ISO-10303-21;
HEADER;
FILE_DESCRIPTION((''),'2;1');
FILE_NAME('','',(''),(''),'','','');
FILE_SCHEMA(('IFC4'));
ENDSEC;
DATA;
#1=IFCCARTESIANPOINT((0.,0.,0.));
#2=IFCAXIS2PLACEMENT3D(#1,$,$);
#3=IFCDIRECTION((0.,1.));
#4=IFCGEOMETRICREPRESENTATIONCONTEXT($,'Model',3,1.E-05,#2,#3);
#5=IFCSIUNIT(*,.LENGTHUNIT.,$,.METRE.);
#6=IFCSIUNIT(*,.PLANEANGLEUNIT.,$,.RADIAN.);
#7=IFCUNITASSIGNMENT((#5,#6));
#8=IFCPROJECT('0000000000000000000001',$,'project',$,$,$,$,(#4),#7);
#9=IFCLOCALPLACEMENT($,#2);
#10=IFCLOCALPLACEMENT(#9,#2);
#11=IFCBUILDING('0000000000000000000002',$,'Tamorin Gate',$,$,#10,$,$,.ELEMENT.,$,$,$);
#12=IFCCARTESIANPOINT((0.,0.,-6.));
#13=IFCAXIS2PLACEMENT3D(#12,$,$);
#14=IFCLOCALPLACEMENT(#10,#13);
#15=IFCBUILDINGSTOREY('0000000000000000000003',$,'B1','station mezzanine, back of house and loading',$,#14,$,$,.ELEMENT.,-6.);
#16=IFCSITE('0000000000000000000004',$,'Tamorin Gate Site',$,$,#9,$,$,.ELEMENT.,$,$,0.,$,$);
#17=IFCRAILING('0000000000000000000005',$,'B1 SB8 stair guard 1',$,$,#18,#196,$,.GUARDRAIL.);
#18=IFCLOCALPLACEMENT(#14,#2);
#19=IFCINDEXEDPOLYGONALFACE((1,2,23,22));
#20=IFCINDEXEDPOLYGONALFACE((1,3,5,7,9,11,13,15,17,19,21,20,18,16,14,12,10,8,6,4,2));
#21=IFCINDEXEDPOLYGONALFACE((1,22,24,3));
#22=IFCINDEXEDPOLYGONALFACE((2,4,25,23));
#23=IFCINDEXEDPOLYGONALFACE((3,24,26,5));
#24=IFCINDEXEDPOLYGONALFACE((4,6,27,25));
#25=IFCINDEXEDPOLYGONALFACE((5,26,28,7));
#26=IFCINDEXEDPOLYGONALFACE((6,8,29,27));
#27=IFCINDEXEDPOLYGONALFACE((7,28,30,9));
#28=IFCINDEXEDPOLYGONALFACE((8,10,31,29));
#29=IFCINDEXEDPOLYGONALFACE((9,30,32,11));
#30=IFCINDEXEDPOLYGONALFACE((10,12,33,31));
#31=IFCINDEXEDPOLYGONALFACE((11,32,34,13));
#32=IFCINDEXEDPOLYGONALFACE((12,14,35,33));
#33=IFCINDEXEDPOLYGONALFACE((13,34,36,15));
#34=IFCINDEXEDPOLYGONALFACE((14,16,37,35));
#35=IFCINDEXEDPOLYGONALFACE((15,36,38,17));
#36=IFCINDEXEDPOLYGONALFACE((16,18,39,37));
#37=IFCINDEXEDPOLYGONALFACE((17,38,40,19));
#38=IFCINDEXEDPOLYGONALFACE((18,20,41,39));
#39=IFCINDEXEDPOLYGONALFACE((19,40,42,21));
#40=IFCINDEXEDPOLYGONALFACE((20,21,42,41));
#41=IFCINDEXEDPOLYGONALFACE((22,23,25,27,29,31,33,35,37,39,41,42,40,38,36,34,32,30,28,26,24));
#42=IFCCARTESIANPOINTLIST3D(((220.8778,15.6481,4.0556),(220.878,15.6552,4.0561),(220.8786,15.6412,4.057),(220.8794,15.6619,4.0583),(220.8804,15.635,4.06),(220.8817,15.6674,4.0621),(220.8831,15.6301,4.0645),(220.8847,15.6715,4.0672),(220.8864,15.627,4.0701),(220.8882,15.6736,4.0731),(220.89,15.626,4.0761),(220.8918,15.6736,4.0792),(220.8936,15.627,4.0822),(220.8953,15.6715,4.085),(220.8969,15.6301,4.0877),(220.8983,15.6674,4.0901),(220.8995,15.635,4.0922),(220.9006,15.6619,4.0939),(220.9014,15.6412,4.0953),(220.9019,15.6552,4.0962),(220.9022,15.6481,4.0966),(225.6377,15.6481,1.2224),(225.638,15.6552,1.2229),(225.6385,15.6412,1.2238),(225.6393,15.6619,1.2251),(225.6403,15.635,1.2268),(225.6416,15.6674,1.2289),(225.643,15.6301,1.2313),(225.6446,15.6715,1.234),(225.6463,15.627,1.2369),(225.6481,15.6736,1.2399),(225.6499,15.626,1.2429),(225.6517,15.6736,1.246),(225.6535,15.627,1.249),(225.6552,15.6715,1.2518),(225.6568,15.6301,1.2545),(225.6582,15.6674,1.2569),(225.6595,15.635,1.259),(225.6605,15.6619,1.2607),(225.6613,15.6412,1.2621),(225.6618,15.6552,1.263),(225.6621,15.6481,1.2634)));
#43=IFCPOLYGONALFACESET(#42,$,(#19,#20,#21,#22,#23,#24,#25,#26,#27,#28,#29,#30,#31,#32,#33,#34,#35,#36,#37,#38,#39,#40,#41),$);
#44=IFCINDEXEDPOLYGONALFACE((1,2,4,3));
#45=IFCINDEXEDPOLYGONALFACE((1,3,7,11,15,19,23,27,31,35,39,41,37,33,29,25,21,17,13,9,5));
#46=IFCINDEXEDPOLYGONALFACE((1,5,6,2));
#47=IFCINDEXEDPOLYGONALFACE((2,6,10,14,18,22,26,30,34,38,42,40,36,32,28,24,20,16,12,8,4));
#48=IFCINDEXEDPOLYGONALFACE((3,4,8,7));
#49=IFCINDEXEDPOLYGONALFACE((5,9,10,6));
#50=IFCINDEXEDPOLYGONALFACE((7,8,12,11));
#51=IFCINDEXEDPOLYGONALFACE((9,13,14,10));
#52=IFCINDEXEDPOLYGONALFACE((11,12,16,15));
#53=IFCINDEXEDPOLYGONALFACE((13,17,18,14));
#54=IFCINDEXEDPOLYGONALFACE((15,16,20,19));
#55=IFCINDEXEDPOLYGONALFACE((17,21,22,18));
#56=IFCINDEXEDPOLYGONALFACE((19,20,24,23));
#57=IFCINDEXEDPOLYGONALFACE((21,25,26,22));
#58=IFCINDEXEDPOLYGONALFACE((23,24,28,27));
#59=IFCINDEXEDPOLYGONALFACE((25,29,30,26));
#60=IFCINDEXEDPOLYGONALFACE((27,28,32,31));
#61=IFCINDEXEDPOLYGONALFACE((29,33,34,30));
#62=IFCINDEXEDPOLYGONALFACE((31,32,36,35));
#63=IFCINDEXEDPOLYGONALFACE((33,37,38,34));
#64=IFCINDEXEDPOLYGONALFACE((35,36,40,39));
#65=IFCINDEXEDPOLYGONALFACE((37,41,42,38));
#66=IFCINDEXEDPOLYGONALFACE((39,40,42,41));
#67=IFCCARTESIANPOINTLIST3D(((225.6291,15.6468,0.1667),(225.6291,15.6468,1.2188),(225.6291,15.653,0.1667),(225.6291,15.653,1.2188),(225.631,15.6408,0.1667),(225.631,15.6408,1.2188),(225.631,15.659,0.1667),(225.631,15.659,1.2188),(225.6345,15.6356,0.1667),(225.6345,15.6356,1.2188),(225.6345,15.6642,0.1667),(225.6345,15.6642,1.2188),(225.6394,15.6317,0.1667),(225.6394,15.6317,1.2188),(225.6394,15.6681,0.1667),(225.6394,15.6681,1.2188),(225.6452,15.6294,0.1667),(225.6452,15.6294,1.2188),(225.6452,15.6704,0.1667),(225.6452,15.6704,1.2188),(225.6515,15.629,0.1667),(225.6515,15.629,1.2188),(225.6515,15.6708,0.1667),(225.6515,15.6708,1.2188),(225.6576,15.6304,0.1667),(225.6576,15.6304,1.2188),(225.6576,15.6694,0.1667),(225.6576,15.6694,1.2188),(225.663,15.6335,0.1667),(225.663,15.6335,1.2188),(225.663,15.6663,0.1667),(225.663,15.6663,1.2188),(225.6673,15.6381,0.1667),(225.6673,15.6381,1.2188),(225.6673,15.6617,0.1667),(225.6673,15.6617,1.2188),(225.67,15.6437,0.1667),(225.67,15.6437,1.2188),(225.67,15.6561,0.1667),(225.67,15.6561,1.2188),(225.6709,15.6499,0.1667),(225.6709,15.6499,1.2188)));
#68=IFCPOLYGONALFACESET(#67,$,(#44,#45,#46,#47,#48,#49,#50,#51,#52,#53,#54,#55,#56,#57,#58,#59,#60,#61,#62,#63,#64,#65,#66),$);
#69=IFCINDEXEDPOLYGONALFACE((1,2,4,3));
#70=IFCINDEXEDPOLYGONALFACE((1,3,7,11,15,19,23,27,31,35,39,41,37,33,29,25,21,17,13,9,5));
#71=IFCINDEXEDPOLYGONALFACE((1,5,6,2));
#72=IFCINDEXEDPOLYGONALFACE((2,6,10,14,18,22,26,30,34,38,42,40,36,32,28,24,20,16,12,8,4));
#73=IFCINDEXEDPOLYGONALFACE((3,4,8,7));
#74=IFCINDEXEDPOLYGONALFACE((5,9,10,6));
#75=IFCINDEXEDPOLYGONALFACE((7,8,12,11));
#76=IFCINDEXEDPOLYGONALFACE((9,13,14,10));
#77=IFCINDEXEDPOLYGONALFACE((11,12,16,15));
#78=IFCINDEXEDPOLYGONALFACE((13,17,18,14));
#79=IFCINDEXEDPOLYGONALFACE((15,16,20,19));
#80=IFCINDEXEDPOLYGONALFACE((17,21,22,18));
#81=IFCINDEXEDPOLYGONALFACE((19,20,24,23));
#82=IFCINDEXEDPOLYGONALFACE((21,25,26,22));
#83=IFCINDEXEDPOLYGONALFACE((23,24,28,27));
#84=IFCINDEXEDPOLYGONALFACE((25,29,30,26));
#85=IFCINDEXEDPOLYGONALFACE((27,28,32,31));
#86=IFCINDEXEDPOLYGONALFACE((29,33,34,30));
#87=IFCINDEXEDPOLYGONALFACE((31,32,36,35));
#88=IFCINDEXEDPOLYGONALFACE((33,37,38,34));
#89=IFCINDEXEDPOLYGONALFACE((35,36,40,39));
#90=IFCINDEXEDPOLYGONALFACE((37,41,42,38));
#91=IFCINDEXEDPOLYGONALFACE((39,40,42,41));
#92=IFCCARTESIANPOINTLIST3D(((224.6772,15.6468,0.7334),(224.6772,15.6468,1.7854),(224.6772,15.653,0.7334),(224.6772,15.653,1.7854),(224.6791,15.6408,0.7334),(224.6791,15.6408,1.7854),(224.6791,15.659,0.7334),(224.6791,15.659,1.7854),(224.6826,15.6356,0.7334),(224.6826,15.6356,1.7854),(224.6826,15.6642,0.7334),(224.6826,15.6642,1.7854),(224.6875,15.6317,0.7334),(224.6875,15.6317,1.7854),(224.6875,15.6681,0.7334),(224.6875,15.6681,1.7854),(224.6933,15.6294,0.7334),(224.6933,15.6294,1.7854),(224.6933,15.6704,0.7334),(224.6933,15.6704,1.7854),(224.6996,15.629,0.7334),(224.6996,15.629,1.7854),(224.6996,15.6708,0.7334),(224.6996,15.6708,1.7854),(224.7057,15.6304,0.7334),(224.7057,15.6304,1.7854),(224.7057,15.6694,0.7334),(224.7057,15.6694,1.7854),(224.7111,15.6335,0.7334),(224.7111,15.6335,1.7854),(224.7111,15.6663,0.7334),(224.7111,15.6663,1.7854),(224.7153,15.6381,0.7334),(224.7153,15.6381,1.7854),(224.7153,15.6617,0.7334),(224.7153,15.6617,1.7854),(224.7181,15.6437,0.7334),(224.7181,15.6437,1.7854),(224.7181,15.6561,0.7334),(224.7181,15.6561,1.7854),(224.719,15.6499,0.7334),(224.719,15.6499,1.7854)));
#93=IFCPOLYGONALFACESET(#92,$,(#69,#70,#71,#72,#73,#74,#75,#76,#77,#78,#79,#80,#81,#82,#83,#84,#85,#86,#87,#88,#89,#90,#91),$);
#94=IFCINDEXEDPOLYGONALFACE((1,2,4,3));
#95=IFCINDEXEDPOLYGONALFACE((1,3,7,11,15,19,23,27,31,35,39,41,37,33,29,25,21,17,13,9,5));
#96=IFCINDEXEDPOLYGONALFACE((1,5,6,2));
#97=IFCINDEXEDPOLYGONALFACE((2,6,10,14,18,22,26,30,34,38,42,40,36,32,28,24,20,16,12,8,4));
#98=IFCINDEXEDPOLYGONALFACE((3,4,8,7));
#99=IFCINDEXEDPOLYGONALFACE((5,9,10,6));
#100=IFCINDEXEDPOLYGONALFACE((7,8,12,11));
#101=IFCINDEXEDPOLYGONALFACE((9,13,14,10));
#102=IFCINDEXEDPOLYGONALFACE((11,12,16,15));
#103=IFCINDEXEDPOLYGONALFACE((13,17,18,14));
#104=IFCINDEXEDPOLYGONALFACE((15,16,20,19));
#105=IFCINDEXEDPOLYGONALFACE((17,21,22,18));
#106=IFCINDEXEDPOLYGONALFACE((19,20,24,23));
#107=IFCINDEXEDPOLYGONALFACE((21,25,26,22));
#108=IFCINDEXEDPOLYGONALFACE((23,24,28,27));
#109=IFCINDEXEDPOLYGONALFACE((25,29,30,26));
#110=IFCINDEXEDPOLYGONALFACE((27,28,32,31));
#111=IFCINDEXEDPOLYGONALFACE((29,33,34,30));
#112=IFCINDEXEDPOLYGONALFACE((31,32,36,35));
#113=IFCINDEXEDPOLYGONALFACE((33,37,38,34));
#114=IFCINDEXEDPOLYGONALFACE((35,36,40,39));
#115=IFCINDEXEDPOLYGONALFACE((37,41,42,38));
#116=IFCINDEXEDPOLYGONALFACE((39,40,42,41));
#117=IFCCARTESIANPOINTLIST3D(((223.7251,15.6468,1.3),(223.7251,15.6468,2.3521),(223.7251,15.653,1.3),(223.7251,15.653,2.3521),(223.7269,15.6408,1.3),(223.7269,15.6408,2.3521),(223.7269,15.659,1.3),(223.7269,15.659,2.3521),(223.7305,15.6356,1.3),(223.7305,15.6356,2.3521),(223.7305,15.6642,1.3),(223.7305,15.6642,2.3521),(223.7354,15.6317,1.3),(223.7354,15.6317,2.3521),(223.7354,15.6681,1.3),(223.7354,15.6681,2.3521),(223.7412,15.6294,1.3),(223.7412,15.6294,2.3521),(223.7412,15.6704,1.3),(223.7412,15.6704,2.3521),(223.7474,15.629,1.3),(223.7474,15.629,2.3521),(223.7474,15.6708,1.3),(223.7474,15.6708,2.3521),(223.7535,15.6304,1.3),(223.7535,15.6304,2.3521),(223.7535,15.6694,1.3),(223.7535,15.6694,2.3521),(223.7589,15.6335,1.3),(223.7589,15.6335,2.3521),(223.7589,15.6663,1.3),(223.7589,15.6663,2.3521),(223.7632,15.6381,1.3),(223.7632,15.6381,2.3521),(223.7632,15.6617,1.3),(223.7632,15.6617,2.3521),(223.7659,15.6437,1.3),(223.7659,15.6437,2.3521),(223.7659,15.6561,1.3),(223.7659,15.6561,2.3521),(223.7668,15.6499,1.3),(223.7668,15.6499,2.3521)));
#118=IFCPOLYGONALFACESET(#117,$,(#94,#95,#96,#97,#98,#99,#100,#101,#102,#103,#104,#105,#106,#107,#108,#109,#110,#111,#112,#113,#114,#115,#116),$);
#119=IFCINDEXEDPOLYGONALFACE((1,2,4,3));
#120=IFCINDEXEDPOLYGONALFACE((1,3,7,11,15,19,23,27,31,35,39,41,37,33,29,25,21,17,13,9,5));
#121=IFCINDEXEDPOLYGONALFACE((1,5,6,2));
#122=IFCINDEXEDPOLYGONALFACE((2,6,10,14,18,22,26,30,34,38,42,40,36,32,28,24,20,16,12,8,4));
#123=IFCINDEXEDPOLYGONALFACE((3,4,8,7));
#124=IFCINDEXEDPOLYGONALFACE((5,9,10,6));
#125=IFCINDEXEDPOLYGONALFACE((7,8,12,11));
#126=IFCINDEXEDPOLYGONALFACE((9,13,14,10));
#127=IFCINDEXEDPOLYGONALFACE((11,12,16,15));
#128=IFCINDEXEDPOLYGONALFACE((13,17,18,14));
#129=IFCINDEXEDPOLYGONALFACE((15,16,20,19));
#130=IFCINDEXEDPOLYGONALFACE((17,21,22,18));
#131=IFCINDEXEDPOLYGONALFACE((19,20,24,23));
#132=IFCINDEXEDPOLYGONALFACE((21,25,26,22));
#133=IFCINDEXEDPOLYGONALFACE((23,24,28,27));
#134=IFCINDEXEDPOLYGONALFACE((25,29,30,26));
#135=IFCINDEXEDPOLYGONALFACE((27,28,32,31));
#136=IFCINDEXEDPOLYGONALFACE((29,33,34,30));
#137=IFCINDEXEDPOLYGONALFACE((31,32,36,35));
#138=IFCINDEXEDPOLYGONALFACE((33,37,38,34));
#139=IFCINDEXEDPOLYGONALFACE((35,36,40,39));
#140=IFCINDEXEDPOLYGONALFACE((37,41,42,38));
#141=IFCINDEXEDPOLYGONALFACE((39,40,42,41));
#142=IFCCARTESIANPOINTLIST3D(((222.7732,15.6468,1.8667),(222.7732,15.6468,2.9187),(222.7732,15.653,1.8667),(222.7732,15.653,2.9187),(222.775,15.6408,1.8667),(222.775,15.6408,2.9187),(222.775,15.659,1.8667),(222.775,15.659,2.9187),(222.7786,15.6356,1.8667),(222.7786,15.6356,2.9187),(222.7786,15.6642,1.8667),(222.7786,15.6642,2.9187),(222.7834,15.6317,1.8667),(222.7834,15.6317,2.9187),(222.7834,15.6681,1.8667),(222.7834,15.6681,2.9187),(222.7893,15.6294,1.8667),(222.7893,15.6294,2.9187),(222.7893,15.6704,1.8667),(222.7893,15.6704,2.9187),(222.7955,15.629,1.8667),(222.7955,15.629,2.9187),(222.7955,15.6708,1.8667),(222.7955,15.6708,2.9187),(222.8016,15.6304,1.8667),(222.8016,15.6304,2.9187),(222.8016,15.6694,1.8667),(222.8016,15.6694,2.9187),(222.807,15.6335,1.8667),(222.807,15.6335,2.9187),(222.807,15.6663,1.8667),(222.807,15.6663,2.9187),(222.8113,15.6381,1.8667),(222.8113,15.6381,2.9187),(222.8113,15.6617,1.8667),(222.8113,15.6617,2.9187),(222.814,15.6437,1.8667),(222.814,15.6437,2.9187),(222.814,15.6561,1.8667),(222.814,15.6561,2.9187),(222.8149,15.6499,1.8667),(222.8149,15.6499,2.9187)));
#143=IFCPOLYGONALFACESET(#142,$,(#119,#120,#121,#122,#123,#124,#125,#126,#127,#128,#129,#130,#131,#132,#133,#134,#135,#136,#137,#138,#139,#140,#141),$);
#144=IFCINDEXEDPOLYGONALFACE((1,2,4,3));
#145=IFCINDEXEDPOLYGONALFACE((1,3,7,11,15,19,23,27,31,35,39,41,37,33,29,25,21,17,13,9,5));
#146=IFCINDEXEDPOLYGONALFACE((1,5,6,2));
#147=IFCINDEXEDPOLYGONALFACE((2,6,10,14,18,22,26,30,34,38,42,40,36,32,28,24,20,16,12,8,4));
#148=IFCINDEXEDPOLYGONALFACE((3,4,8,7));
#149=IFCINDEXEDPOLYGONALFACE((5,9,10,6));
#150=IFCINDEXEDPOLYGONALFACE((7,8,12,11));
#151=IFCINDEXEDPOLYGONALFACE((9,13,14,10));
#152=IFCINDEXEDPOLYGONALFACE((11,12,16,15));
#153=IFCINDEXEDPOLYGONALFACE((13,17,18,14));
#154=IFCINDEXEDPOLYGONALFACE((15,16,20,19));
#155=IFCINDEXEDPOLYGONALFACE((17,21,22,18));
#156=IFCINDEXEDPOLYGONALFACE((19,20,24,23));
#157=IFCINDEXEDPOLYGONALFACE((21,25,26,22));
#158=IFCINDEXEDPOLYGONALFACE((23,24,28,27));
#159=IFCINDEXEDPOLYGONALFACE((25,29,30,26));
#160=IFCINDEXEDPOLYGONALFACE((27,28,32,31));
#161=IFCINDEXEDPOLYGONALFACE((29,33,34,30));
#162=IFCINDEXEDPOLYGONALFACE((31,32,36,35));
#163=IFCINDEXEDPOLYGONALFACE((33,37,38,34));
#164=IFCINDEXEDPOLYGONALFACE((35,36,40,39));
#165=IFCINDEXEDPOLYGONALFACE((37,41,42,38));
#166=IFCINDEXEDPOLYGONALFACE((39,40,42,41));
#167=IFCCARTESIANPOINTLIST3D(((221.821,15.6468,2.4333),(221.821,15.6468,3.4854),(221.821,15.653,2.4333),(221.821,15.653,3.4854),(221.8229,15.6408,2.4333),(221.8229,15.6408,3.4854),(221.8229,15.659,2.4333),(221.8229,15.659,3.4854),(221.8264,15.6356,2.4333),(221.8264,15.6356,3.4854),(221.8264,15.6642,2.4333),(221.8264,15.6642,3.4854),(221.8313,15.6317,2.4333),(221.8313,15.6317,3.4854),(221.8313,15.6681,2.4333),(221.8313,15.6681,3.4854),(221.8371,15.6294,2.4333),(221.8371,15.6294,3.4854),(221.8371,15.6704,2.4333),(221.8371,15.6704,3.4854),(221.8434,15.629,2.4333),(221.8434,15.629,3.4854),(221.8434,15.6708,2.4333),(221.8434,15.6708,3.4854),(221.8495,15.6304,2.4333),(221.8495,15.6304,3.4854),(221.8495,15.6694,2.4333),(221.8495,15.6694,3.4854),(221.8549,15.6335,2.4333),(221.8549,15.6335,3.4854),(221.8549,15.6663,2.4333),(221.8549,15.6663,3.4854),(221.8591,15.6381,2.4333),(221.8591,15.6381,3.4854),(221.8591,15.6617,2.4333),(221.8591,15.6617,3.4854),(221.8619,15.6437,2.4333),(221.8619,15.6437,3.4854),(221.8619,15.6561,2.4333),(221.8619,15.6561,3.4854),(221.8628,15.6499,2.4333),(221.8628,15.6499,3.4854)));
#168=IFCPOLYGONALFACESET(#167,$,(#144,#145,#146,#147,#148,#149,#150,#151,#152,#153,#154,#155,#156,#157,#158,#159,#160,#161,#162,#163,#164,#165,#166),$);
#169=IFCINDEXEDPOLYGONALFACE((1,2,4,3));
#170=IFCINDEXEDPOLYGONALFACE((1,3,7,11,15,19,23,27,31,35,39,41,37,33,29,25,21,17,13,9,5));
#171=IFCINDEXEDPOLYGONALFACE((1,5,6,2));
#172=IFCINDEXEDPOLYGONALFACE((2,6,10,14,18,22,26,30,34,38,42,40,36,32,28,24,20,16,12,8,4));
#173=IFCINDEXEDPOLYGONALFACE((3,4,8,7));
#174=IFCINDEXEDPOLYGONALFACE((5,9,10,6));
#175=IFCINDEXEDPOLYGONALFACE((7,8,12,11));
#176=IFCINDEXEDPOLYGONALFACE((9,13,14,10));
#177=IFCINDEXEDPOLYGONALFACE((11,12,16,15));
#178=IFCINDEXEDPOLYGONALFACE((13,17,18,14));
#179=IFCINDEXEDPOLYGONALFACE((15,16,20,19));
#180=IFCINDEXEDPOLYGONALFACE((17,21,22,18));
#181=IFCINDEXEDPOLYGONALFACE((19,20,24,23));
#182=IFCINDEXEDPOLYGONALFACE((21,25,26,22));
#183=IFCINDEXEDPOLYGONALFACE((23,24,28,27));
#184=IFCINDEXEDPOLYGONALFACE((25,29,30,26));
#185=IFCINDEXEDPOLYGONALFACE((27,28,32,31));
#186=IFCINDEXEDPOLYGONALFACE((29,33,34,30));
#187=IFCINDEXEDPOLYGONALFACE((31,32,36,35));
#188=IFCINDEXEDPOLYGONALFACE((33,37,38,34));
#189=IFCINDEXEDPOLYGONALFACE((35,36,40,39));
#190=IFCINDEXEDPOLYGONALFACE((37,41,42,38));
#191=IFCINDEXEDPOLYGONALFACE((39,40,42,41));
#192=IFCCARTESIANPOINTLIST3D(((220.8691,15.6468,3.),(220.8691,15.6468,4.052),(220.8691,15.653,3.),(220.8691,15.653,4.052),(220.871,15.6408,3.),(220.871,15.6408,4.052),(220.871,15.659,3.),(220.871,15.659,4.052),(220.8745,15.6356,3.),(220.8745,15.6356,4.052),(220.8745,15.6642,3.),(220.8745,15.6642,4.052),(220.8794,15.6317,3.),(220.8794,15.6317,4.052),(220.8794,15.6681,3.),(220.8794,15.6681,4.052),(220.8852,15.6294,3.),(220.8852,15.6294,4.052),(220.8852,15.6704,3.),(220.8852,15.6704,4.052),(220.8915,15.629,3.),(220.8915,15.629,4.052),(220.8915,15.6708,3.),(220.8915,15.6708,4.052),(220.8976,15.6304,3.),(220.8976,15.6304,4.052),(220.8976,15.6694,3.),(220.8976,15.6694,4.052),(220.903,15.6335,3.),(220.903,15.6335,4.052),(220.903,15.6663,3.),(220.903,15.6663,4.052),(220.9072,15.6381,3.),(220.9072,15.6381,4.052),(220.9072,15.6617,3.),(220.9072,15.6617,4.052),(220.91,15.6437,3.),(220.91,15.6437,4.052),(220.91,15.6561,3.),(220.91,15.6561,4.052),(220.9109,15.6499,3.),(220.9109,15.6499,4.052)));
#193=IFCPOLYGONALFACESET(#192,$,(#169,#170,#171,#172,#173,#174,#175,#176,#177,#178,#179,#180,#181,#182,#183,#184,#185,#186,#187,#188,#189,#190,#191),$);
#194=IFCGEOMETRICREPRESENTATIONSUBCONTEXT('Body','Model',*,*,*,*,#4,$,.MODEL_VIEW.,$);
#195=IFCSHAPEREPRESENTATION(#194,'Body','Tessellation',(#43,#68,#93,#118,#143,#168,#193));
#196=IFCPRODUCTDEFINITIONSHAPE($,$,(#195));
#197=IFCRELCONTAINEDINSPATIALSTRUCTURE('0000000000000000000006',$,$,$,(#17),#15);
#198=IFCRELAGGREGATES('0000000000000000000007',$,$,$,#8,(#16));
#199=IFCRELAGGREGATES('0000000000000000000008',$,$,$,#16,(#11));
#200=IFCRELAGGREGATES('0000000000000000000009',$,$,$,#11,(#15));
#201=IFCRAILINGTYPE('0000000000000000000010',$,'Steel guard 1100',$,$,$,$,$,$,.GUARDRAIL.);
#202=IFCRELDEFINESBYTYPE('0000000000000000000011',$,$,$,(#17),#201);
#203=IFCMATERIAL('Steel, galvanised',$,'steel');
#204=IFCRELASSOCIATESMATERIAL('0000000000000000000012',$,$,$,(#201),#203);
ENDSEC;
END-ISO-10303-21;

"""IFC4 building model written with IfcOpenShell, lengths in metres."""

from ifc_helpers import new_model, si_unit, direction, frame, origin, origin_2d, place, context, subcontext, project, spatial, circle, extrude, material, type_object, element, save


model = new_model("IFC4")

# Units and contexts
model_context = context("Model", 3, precision=1e-05, world=origin(), true_north=direction((0.0, 1.0)))
body_context = subcontext(model_context, "Body", "Model", "MODEL_VIEW")
ifc_project = project(units=[si_unit("LENGTHUNIT", "METRE"), si_unit("PLANEANGLEUNIT", "RADIAN")], contexts=[model_context])

# Site, building, storey
site_placement = place(None, origin())
site = spatial("IfcSite", under=ifc_project, at=site_placement, Name="Tamorin Gate Site", CompositionType="ELEMENT", RefElevation=0.0)
building_placement = place(site_placement, origin())
building = spatial("IfcBuilding", under=site, at=building_placement, Name="Tamorin Gate", CompositionType="ELEMENT")
storey_placement = place(building_placement, frame((0.0, 0.0, -6.0)))
storey = spatial("IfcBuildingStorey", under=building, at=storey_placement, Name="B1", Description="station mezzanine, back of house and loading", CompositionType="ELEMENT", Elevation=-6.0)

# Railing
ifc_material_1 = material(Name="Steel, galvanised", Category="steel")
railing_type_1 = type_object("IfcRailingType", Name="Steel guard 1100", PredefinedType="GUARDRAIL", material=ifc_material_1)
railing_1_placement = place(storey_placement, frame((225.6499, 15.6499, 0.1667)))
element("IfcRailing", 1, at=railing_1_placement, inside=storey, type_object=railing_type_1, Name="B1 SB8 stair guard 1", PredefinedType="GUARDRAIL", context=body_context, shape_type="SweptSolid", body=[
    extrude(circle(Radius=0.0239, at=origin_2d()), frame((0.0, 0.0, 1.0762), z_axis=(-0.8593, 0.0, 0.511472), x_axis=(0.0, -1.0, 0.0)), (0.0, 0.0, 1.0), 5.5393),
    extrude(circle(Radius=0.021, at=origin_2d()), origin(), (0.0, 0.0, 1.0), 1.052),
    extrude(circle(Radius=0.021, at=origin_2d()), frame((-0.9519, 0.0, 0.5667)), (0.0, 0.0, 1.0), 1.052),
    extrude(circle(Radius=0.021, at=origin_2d()), frame((-1.9041, 0.0, 1.1333)), (0.0, 0.0, 1.0), 1.052),
    extrude(circle(Radius=0.021, at=origin_2d()), frame((-2.856, 0.0, 1.7)), (0.0, 0.0, 1.0), 1.052),
    extrude(circle(Radius=0.021, at=origin_2d()), frame((-3.8081, 0.0, 2.2666)), (0.0, 0.0, 1.0), 1.052),
    extrude(circle(Radius=0.021, at=origin_2d()), frame((-4.76, 0.0, 2.8333)), (0.0, 0.0, 1.0), 1.052),
])

save(model, "model.ifc")
